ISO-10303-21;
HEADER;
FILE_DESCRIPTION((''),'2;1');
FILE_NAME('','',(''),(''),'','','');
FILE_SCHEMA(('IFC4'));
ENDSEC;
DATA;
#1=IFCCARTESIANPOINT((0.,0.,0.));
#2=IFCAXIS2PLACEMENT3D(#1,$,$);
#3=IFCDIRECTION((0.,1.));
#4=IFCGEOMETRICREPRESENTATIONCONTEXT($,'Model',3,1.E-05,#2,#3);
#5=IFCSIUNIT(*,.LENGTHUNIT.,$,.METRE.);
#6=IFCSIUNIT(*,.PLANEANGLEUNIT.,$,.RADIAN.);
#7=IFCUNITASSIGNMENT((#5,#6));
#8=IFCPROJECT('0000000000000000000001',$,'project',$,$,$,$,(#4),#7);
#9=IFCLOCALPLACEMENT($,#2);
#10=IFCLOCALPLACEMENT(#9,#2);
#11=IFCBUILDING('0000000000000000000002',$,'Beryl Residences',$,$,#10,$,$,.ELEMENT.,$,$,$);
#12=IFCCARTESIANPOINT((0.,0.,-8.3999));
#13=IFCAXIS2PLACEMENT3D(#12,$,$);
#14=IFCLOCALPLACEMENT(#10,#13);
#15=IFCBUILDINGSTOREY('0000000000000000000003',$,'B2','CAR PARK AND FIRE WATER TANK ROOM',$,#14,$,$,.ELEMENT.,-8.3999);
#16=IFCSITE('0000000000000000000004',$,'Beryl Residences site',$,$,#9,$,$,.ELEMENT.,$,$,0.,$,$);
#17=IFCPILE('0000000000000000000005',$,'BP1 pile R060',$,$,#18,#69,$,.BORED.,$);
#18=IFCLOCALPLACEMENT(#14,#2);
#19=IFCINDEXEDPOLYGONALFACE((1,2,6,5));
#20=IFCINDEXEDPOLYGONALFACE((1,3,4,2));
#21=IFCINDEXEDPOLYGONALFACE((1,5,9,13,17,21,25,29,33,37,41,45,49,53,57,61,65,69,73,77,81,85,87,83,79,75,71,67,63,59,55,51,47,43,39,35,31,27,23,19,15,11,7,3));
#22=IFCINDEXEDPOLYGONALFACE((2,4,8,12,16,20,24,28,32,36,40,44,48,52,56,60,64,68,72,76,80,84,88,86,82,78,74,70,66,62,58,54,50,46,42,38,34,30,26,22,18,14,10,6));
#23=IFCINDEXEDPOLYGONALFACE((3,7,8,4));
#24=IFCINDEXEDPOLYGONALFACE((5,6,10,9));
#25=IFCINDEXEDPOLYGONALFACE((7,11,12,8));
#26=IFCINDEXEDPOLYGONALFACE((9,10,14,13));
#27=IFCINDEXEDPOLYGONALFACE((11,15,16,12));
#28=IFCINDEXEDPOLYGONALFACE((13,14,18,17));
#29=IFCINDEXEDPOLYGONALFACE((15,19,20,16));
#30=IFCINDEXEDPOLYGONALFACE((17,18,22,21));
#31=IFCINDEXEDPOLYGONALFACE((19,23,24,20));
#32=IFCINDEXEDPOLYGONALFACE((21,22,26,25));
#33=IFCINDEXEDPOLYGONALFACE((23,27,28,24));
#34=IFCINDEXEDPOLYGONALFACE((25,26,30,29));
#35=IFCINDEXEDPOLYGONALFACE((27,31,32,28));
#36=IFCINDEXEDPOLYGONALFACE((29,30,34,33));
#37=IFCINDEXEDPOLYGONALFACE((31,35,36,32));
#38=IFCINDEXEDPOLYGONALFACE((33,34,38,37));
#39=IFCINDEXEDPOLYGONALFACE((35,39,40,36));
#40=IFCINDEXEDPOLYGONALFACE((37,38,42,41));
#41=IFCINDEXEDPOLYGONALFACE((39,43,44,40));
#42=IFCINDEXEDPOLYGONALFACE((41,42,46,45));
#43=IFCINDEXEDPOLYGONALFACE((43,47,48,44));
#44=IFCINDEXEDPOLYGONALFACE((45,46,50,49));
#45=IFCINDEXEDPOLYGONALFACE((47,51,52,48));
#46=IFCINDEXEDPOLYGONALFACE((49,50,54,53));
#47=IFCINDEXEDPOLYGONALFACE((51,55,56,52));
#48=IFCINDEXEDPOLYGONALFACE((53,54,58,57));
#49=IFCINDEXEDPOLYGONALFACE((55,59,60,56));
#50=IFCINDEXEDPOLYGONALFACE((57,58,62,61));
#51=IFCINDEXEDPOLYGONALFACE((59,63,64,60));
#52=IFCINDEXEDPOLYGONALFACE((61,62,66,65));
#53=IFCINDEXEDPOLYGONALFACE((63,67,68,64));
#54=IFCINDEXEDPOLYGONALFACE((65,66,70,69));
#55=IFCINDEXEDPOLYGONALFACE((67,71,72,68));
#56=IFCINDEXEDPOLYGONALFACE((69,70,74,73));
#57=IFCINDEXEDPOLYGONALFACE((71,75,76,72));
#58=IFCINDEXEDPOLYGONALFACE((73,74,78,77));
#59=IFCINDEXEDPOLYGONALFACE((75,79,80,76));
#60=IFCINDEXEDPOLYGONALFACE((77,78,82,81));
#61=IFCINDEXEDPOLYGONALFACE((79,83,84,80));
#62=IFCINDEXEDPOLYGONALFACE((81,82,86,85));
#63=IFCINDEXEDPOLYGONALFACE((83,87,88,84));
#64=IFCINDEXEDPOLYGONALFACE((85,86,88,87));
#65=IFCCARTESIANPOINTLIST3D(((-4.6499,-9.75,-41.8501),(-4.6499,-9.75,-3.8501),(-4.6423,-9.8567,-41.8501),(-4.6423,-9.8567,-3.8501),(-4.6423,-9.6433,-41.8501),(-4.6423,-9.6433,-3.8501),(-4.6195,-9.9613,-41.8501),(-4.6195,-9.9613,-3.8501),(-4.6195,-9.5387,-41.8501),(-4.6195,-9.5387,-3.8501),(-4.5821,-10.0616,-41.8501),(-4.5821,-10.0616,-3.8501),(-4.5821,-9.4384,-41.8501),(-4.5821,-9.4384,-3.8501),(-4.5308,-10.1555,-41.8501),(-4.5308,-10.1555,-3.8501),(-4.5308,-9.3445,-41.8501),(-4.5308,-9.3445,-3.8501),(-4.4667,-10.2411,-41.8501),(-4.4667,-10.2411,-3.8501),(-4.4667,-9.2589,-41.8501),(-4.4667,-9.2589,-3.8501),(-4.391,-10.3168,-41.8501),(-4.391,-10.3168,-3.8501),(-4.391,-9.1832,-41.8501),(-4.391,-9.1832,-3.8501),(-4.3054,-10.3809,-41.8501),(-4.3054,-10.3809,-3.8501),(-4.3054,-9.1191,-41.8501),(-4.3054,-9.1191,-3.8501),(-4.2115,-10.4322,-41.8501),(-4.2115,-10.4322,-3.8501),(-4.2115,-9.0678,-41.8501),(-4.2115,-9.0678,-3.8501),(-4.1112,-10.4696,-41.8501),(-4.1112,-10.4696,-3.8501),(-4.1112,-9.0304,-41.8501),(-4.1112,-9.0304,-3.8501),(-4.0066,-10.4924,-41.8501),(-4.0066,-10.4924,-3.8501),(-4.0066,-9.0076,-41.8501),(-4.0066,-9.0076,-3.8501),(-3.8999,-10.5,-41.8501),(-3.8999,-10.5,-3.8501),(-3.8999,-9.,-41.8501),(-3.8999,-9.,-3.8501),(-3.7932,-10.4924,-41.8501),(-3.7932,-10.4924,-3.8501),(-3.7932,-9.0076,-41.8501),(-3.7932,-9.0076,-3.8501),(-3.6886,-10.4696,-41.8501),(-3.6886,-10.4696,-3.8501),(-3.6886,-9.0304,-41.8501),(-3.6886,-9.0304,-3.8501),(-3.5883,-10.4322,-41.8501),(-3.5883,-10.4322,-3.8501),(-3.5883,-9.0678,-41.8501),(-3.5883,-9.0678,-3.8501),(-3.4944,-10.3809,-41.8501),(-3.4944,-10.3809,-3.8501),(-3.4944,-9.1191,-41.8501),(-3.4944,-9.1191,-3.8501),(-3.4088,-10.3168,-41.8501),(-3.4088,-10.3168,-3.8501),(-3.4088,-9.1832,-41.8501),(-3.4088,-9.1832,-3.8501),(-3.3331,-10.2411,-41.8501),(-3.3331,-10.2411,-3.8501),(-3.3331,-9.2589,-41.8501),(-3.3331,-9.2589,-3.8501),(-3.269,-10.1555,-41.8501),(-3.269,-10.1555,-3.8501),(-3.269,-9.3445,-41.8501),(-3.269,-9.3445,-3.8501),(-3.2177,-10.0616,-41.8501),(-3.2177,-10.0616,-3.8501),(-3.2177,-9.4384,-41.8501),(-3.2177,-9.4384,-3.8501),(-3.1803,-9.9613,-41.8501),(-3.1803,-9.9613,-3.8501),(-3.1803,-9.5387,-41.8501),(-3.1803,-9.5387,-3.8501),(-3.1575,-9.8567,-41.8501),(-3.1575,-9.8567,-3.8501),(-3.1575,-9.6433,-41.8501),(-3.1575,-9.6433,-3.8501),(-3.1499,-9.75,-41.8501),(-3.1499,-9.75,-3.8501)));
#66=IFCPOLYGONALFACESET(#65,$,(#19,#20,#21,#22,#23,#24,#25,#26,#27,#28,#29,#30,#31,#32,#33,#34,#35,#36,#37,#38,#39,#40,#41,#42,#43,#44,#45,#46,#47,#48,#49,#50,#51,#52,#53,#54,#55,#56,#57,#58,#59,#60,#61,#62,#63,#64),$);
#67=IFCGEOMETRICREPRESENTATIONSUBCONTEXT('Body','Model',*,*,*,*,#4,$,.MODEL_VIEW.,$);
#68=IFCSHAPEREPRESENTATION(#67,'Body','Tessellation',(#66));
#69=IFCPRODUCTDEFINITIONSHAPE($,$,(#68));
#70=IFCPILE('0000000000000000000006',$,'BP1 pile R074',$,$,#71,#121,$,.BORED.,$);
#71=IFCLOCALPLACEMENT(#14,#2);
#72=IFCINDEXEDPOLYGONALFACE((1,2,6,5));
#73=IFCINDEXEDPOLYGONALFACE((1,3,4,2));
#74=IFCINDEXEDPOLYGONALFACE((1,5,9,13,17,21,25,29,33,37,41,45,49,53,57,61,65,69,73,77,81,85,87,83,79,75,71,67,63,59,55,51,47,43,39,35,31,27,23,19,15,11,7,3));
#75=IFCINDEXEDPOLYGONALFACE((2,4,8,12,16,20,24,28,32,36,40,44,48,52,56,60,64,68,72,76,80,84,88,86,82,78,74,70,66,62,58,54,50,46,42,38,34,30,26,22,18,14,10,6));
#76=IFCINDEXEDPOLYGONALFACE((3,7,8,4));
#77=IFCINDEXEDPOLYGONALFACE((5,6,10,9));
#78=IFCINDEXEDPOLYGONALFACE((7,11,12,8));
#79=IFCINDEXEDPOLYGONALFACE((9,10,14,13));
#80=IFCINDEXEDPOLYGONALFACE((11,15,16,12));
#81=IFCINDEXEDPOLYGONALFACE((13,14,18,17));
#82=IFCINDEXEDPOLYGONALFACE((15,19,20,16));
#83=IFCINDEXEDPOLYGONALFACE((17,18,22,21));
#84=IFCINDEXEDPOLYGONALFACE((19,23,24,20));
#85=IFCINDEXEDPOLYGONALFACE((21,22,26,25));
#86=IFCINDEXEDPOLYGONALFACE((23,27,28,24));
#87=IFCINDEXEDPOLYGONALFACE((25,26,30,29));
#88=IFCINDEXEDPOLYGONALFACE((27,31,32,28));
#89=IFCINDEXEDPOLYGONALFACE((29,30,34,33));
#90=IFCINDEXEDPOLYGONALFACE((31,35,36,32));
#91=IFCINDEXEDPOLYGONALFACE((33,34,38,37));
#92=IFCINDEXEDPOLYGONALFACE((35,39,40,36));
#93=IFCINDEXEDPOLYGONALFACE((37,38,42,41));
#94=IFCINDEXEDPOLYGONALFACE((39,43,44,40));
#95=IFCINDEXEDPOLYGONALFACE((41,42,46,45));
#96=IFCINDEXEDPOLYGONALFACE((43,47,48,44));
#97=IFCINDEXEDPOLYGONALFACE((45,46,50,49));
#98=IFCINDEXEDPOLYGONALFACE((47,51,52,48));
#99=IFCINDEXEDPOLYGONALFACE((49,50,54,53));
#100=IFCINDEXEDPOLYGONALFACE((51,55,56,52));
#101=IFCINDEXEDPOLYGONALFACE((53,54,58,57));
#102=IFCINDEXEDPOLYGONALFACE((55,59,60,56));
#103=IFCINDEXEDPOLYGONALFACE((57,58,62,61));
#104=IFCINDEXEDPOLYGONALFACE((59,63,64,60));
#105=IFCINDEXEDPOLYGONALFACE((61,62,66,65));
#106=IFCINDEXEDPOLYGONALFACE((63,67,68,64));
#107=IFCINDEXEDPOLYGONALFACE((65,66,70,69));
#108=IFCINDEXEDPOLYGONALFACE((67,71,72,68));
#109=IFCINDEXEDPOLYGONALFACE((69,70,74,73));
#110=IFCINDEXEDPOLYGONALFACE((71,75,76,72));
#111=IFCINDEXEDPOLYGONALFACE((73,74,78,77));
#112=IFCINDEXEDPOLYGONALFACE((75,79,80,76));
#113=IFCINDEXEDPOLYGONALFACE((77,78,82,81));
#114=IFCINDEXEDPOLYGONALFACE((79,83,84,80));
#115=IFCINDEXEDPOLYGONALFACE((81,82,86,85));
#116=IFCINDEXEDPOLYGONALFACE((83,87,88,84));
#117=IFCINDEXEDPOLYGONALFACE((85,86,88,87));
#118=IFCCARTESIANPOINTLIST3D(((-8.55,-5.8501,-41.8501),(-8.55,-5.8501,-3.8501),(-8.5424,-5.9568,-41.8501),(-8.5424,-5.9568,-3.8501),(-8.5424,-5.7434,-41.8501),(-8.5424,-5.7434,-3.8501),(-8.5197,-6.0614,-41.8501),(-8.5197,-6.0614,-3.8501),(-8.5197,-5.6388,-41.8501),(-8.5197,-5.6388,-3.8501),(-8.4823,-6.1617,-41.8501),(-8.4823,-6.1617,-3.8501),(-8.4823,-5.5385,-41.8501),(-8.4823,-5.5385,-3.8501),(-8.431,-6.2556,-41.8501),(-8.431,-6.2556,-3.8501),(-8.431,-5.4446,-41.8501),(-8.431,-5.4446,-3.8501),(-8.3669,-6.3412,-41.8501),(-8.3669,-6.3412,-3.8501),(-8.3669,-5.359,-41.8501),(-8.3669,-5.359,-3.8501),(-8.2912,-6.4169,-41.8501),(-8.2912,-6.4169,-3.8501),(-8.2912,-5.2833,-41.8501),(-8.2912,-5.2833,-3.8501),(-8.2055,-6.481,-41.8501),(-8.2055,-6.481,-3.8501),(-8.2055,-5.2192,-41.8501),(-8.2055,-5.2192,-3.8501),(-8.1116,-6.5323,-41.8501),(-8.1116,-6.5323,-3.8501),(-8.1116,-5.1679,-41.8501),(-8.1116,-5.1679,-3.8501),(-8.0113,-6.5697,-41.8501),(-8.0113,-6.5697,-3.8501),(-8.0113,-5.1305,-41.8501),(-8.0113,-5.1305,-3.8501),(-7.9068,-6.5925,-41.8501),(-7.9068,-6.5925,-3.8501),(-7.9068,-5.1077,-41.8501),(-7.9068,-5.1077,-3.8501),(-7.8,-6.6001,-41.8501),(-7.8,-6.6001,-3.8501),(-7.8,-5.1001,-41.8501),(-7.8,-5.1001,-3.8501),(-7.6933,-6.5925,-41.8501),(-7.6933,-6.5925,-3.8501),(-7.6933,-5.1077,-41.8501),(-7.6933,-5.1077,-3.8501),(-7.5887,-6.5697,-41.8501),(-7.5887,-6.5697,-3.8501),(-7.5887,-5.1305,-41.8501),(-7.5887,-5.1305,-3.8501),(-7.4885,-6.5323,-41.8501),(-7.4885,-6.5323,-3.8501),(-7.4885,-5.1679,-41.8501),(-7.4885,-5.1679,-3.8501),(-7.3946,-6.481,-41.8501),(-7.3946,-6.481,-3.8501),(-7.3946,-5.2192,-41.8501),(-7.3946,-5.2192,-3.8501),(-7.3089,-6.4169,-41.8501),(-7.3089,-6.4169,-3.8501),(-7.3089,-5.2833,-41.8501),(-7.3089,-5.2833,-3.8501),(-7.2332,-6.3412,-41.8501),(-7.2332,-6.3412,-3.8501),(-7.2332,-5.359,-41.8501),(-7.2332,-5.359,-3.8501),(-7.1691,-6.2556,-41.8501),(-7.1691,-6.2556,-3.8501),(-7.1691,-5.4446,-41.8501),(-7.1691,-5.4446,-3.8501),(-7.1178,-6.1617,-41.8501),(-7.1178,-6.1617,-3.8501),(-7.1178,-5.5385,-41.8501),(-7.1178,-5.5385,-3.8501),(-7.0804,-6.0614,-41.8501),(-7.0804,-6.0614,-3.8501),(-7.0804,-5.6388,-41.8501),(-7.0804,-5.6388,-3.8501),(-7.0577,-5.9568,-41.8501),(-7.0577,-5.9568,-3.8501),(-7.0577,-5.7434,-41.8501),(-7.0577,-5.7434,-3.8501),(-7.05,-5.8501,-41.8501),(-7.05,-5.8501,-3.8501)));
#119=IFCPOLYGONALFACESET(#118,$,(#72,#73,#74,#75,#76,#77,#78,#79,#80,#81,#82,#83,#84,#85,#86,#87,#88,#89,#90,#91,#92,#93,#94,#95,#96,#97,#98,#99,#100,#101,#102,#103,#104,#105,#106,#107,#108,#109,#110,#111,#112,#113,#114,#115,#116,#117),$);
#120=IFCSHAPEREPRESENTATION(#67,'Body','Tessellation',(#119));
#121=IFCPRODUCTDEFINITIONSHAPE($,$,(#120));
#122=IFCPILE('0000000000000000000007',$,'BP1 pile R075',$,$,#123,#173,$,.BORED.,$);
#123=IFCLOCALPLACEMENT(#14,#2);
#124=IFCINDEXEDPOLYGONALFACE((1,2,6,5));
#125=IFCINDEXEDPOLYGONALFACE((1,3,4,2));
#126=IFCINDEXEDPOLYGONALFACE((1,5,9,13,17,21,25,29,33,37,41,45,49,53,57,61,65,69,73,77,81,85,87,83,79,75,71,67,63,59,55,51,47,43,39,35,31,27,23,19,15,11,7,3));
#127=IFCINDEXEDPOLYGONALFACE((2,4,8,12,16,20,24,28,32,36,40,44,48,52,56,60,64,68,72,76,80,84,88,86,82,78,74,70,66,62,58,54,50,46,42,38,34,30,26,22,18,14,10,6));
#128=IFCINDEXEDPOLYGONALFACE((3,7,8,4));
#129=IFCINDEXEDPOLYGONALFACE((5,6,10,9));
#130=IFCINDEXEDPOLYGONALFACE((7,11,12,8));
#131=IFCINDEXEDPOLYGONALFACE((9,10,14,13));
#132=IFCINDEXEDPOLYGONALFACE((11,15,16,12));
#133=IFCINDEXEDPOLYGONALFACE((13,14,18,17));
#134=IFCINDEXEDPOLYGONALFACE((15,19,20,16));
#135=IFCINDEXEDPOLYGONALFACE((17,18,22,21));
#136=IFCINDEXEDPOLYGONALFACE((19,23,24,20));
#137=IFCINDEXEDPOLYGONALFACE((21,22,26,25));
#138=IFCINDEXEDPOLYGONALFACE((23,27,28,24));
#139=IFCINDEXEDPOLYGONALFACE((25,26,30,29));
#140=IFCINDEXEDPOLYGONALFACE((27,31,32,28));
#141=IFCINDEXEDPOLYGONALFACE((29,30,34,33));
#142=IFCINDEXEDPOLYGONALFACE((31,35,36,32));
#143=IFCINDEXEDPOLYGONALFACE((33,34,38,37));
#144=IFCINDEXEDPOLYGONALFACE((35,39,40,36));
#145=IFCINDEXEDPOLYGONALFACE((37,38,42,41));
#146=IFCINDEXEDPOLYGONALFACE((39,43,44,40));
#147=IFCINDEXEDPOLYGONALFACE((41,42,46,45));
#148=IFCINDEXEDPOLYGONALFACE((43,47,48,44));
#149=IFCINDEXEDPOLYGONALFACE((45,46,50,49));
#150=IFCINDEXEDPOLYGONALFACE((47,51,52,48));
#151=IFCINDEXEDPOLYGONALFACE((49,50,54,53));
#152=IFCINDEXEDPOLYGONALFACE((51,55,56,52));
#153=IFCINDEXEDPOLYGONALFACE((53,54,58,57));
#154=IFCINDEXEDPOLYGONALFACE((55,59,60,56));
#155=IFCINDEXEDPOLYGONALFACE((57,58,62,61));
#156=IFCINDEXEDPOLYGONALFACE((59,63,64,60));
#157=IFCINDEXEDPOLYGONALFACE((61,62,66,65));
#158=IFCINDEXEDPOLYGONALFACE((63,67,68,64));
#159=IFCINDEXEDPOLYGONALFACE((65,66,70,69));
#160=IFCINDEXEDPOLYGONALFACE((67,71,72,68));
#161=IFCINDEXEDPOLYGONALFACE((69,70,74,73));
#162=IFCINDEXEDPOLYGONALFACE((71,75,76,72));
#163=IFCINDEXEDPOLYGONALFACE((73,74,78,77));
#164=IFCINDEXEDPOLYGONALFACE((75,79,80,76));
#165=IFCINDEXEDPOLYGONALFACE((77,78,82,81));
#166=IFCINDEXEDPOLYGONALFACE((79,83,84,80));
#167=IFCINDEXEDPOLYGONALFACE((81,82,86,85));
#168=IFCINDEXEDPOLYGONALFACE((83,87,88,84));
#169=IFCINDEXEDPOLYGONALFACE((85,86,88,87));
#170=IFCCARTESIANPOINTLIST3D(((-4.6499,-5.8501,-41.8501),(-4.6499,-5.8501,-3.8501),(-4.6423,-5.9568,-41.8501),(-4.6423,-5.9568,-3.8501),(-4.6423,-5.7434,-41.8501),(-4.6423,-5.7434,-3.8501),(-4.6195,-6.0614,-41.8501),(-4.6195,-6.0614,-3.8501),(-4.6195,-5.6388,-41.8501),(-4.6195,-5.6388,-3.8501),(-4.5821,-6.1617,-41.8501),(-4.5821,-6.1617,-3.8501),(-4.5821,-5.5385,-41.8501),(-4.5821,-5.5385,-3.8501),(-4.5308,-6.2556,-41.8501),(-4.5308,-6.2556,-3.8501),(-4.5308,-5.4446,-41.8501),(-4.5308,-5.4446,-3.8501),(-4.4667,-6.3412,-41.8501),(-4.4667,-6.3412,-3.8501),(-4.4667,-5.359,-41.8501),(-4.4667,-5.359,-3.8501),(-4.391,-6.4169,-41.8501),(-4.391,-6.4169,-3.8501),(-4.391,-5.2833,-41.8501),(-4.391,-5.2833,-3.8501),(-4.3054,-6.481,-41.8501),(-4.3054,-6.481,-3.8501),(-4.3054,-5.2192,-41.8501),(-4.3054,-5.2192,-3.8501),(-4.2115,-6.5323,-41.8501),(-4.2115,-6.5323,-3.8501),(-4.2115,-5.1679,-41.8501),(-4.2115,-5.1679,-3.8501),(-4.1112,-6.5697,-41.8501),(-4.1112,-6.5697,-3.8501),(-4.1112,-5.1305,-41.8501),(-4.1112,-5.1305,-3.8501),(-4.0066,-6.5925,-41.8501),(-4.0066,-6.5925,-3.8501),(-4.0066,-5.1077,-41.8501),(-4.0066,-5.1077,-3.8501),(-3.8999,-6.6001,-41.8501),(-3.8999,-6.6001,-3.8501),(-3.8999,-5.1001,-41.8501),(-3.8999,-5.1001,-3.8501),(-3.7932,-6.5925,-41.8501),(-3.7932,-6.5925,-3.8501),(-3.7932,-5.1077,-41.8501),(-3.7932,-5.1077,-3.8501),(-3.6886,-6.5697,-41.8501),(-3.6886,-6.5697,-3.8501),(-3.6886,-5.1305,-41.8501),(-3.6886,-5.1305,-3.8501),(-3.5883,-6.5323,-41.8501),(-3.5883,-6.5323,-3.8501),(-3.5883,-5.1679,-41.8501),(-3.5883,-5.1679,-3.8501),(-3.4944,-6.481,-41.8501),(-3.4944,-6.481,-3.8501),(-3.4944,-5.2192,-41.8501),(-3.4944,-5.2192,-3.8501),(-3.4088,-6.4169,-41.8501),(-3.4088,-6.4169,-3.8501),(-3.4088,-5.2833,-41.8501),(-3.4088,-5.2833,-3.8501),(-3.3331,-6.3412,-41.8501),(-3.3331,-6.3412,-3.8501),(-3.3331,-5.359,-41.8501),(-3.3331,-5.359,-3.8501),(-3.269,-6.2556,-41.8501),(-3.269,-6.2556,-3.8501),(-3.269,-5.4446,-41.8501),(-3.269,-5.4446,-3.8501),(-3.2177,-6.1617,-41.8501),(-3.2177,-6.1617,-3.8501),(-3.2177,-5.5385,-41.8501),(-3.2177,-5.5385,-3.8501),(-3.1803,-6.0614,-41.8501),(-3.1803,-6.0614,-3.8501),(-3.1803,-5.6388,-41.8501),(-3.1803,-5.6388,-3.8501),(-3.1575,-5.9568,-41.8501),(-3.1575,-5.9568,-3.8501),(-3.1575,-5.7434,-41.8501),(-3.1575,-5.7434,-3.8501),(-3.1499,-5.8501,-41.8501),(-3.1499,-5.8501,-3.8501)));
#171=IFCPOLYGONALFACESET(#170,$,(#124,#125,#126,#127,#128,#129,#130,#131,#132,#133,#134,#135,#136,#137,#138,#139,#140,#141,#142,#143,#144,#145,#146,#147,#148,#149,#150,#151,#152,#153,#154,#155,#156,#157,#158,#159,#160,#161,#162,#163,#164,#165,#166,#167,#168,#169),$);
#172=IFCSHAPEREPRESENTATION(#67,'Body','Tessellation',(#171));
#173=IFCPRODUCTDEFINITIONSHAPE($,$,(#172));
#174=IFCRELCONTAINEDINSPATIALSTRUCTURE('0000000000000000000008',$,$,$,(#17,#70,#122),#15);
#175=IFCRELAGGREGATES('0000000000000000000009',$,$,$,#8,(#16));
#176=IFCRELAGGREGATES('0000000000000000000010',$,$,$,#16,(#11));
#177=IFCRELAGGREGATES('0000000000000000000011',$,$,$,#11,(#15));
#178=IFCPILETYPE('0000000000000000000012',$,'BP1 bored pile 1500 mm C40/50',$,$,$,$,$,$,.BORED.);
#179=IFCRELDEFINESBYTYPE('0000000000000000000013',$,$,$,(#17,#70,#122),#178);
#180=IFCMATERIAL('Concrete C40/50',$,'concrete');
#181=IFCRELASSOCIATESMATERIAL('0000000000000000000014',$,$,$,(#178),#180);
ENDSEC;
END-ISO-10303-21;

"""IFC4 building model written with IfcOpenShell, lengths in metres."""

from ifc_helpers import new_model, si_unit, direction, frame, origin, origin_2d, place, context, subcontext, project, spatial, circle, extrude, material, material_profile, profile_set, type_object, element, save


model = new_model("IFC4")

# Units and contexts
model_context = context("Model", 3, precision=1e-05, world=origin(), true_north=direction((0.0, 1.0)))
body_context = subcontext(model_context, "Body", "Model", "MODEL_VIEW")
ifc_project = project(units=[si_unit("LENGTHUNIT", "METRE"), si_unit("PLANEANGLEUNIT", "RADIAN")], contexts=[model_context])

# Site, building, storey
site_placement = place(None, origin())
site = spatial("IfcSite", under=ifc_project, at=site_placement, Name="Beryl Residences site", CompositionType="ELEMENT", RefElevation=0.0)
building_placement = place(site_placement, origin())
building = spatial("IfcBuilding", under=site, at=building_placement, Name="Beryl Residences", CompositionType="ELEMENT")
storey_placement = place(building_placement, frame((0.0, 0.0, -8.3999)))
storey = spatial("IfcBuildingStorey", under=building, at=storey_placement, Name="B2", Description="CAR PARK AND FIRE WATER TANK ROOM", CompositionType="ELEMENT", Elevation=-8.3999)

# Piles
ifc_material_1 = material(Name="Concrete C40/50", Category="concrete")
ifc_material_profile_1 = material_profile(ifc_material_1, circle(Radius=0.75, at=origin_2d()))
ifc_profile_set_1 = profile_set([ifc_material_profile_1], Name="Concrete C40/50")
pile_type = type_object("IfcPileType", Name="BP1 bored pile 1500 mm C40/50", PredefinedType="BORED", material=ifc_profile_set_1)
for number, where, z_axis, x_axis, name in (
    (1, (-3.8999, -9.75, -3.8501), (0.0, 0.0, -1.0), (1.0, 0.0, 0.0), "BP1 pile R060"),
    (2, (-7.8, -5.8501, -3.8501), (0.0, 0.0, -1.0), (1.0, 0.0, 0.0), "BP1 pile R074"),
    (3, (-3.8999, -5.8501, -3.8501), (0.0, 0.0, -1.0), (1.0, 0.0, 0.0), "BP1 pile R075"),
):
    element("IfcPile", number, at=place(storey_placement, frame(where, z_axis=z_axis, x_axis=x_axis)), inside=storey, type_object=pile_type, Name=name, PredefinedType="BORED", context=body_context, shape_type="SweptSolid", body=[
        extrude(circle(Radius=0.75, at=origin_2d()), origin(), (0.0, 0.0, 1.0), 38.0),
    ])

save(model, "model.ifc")
